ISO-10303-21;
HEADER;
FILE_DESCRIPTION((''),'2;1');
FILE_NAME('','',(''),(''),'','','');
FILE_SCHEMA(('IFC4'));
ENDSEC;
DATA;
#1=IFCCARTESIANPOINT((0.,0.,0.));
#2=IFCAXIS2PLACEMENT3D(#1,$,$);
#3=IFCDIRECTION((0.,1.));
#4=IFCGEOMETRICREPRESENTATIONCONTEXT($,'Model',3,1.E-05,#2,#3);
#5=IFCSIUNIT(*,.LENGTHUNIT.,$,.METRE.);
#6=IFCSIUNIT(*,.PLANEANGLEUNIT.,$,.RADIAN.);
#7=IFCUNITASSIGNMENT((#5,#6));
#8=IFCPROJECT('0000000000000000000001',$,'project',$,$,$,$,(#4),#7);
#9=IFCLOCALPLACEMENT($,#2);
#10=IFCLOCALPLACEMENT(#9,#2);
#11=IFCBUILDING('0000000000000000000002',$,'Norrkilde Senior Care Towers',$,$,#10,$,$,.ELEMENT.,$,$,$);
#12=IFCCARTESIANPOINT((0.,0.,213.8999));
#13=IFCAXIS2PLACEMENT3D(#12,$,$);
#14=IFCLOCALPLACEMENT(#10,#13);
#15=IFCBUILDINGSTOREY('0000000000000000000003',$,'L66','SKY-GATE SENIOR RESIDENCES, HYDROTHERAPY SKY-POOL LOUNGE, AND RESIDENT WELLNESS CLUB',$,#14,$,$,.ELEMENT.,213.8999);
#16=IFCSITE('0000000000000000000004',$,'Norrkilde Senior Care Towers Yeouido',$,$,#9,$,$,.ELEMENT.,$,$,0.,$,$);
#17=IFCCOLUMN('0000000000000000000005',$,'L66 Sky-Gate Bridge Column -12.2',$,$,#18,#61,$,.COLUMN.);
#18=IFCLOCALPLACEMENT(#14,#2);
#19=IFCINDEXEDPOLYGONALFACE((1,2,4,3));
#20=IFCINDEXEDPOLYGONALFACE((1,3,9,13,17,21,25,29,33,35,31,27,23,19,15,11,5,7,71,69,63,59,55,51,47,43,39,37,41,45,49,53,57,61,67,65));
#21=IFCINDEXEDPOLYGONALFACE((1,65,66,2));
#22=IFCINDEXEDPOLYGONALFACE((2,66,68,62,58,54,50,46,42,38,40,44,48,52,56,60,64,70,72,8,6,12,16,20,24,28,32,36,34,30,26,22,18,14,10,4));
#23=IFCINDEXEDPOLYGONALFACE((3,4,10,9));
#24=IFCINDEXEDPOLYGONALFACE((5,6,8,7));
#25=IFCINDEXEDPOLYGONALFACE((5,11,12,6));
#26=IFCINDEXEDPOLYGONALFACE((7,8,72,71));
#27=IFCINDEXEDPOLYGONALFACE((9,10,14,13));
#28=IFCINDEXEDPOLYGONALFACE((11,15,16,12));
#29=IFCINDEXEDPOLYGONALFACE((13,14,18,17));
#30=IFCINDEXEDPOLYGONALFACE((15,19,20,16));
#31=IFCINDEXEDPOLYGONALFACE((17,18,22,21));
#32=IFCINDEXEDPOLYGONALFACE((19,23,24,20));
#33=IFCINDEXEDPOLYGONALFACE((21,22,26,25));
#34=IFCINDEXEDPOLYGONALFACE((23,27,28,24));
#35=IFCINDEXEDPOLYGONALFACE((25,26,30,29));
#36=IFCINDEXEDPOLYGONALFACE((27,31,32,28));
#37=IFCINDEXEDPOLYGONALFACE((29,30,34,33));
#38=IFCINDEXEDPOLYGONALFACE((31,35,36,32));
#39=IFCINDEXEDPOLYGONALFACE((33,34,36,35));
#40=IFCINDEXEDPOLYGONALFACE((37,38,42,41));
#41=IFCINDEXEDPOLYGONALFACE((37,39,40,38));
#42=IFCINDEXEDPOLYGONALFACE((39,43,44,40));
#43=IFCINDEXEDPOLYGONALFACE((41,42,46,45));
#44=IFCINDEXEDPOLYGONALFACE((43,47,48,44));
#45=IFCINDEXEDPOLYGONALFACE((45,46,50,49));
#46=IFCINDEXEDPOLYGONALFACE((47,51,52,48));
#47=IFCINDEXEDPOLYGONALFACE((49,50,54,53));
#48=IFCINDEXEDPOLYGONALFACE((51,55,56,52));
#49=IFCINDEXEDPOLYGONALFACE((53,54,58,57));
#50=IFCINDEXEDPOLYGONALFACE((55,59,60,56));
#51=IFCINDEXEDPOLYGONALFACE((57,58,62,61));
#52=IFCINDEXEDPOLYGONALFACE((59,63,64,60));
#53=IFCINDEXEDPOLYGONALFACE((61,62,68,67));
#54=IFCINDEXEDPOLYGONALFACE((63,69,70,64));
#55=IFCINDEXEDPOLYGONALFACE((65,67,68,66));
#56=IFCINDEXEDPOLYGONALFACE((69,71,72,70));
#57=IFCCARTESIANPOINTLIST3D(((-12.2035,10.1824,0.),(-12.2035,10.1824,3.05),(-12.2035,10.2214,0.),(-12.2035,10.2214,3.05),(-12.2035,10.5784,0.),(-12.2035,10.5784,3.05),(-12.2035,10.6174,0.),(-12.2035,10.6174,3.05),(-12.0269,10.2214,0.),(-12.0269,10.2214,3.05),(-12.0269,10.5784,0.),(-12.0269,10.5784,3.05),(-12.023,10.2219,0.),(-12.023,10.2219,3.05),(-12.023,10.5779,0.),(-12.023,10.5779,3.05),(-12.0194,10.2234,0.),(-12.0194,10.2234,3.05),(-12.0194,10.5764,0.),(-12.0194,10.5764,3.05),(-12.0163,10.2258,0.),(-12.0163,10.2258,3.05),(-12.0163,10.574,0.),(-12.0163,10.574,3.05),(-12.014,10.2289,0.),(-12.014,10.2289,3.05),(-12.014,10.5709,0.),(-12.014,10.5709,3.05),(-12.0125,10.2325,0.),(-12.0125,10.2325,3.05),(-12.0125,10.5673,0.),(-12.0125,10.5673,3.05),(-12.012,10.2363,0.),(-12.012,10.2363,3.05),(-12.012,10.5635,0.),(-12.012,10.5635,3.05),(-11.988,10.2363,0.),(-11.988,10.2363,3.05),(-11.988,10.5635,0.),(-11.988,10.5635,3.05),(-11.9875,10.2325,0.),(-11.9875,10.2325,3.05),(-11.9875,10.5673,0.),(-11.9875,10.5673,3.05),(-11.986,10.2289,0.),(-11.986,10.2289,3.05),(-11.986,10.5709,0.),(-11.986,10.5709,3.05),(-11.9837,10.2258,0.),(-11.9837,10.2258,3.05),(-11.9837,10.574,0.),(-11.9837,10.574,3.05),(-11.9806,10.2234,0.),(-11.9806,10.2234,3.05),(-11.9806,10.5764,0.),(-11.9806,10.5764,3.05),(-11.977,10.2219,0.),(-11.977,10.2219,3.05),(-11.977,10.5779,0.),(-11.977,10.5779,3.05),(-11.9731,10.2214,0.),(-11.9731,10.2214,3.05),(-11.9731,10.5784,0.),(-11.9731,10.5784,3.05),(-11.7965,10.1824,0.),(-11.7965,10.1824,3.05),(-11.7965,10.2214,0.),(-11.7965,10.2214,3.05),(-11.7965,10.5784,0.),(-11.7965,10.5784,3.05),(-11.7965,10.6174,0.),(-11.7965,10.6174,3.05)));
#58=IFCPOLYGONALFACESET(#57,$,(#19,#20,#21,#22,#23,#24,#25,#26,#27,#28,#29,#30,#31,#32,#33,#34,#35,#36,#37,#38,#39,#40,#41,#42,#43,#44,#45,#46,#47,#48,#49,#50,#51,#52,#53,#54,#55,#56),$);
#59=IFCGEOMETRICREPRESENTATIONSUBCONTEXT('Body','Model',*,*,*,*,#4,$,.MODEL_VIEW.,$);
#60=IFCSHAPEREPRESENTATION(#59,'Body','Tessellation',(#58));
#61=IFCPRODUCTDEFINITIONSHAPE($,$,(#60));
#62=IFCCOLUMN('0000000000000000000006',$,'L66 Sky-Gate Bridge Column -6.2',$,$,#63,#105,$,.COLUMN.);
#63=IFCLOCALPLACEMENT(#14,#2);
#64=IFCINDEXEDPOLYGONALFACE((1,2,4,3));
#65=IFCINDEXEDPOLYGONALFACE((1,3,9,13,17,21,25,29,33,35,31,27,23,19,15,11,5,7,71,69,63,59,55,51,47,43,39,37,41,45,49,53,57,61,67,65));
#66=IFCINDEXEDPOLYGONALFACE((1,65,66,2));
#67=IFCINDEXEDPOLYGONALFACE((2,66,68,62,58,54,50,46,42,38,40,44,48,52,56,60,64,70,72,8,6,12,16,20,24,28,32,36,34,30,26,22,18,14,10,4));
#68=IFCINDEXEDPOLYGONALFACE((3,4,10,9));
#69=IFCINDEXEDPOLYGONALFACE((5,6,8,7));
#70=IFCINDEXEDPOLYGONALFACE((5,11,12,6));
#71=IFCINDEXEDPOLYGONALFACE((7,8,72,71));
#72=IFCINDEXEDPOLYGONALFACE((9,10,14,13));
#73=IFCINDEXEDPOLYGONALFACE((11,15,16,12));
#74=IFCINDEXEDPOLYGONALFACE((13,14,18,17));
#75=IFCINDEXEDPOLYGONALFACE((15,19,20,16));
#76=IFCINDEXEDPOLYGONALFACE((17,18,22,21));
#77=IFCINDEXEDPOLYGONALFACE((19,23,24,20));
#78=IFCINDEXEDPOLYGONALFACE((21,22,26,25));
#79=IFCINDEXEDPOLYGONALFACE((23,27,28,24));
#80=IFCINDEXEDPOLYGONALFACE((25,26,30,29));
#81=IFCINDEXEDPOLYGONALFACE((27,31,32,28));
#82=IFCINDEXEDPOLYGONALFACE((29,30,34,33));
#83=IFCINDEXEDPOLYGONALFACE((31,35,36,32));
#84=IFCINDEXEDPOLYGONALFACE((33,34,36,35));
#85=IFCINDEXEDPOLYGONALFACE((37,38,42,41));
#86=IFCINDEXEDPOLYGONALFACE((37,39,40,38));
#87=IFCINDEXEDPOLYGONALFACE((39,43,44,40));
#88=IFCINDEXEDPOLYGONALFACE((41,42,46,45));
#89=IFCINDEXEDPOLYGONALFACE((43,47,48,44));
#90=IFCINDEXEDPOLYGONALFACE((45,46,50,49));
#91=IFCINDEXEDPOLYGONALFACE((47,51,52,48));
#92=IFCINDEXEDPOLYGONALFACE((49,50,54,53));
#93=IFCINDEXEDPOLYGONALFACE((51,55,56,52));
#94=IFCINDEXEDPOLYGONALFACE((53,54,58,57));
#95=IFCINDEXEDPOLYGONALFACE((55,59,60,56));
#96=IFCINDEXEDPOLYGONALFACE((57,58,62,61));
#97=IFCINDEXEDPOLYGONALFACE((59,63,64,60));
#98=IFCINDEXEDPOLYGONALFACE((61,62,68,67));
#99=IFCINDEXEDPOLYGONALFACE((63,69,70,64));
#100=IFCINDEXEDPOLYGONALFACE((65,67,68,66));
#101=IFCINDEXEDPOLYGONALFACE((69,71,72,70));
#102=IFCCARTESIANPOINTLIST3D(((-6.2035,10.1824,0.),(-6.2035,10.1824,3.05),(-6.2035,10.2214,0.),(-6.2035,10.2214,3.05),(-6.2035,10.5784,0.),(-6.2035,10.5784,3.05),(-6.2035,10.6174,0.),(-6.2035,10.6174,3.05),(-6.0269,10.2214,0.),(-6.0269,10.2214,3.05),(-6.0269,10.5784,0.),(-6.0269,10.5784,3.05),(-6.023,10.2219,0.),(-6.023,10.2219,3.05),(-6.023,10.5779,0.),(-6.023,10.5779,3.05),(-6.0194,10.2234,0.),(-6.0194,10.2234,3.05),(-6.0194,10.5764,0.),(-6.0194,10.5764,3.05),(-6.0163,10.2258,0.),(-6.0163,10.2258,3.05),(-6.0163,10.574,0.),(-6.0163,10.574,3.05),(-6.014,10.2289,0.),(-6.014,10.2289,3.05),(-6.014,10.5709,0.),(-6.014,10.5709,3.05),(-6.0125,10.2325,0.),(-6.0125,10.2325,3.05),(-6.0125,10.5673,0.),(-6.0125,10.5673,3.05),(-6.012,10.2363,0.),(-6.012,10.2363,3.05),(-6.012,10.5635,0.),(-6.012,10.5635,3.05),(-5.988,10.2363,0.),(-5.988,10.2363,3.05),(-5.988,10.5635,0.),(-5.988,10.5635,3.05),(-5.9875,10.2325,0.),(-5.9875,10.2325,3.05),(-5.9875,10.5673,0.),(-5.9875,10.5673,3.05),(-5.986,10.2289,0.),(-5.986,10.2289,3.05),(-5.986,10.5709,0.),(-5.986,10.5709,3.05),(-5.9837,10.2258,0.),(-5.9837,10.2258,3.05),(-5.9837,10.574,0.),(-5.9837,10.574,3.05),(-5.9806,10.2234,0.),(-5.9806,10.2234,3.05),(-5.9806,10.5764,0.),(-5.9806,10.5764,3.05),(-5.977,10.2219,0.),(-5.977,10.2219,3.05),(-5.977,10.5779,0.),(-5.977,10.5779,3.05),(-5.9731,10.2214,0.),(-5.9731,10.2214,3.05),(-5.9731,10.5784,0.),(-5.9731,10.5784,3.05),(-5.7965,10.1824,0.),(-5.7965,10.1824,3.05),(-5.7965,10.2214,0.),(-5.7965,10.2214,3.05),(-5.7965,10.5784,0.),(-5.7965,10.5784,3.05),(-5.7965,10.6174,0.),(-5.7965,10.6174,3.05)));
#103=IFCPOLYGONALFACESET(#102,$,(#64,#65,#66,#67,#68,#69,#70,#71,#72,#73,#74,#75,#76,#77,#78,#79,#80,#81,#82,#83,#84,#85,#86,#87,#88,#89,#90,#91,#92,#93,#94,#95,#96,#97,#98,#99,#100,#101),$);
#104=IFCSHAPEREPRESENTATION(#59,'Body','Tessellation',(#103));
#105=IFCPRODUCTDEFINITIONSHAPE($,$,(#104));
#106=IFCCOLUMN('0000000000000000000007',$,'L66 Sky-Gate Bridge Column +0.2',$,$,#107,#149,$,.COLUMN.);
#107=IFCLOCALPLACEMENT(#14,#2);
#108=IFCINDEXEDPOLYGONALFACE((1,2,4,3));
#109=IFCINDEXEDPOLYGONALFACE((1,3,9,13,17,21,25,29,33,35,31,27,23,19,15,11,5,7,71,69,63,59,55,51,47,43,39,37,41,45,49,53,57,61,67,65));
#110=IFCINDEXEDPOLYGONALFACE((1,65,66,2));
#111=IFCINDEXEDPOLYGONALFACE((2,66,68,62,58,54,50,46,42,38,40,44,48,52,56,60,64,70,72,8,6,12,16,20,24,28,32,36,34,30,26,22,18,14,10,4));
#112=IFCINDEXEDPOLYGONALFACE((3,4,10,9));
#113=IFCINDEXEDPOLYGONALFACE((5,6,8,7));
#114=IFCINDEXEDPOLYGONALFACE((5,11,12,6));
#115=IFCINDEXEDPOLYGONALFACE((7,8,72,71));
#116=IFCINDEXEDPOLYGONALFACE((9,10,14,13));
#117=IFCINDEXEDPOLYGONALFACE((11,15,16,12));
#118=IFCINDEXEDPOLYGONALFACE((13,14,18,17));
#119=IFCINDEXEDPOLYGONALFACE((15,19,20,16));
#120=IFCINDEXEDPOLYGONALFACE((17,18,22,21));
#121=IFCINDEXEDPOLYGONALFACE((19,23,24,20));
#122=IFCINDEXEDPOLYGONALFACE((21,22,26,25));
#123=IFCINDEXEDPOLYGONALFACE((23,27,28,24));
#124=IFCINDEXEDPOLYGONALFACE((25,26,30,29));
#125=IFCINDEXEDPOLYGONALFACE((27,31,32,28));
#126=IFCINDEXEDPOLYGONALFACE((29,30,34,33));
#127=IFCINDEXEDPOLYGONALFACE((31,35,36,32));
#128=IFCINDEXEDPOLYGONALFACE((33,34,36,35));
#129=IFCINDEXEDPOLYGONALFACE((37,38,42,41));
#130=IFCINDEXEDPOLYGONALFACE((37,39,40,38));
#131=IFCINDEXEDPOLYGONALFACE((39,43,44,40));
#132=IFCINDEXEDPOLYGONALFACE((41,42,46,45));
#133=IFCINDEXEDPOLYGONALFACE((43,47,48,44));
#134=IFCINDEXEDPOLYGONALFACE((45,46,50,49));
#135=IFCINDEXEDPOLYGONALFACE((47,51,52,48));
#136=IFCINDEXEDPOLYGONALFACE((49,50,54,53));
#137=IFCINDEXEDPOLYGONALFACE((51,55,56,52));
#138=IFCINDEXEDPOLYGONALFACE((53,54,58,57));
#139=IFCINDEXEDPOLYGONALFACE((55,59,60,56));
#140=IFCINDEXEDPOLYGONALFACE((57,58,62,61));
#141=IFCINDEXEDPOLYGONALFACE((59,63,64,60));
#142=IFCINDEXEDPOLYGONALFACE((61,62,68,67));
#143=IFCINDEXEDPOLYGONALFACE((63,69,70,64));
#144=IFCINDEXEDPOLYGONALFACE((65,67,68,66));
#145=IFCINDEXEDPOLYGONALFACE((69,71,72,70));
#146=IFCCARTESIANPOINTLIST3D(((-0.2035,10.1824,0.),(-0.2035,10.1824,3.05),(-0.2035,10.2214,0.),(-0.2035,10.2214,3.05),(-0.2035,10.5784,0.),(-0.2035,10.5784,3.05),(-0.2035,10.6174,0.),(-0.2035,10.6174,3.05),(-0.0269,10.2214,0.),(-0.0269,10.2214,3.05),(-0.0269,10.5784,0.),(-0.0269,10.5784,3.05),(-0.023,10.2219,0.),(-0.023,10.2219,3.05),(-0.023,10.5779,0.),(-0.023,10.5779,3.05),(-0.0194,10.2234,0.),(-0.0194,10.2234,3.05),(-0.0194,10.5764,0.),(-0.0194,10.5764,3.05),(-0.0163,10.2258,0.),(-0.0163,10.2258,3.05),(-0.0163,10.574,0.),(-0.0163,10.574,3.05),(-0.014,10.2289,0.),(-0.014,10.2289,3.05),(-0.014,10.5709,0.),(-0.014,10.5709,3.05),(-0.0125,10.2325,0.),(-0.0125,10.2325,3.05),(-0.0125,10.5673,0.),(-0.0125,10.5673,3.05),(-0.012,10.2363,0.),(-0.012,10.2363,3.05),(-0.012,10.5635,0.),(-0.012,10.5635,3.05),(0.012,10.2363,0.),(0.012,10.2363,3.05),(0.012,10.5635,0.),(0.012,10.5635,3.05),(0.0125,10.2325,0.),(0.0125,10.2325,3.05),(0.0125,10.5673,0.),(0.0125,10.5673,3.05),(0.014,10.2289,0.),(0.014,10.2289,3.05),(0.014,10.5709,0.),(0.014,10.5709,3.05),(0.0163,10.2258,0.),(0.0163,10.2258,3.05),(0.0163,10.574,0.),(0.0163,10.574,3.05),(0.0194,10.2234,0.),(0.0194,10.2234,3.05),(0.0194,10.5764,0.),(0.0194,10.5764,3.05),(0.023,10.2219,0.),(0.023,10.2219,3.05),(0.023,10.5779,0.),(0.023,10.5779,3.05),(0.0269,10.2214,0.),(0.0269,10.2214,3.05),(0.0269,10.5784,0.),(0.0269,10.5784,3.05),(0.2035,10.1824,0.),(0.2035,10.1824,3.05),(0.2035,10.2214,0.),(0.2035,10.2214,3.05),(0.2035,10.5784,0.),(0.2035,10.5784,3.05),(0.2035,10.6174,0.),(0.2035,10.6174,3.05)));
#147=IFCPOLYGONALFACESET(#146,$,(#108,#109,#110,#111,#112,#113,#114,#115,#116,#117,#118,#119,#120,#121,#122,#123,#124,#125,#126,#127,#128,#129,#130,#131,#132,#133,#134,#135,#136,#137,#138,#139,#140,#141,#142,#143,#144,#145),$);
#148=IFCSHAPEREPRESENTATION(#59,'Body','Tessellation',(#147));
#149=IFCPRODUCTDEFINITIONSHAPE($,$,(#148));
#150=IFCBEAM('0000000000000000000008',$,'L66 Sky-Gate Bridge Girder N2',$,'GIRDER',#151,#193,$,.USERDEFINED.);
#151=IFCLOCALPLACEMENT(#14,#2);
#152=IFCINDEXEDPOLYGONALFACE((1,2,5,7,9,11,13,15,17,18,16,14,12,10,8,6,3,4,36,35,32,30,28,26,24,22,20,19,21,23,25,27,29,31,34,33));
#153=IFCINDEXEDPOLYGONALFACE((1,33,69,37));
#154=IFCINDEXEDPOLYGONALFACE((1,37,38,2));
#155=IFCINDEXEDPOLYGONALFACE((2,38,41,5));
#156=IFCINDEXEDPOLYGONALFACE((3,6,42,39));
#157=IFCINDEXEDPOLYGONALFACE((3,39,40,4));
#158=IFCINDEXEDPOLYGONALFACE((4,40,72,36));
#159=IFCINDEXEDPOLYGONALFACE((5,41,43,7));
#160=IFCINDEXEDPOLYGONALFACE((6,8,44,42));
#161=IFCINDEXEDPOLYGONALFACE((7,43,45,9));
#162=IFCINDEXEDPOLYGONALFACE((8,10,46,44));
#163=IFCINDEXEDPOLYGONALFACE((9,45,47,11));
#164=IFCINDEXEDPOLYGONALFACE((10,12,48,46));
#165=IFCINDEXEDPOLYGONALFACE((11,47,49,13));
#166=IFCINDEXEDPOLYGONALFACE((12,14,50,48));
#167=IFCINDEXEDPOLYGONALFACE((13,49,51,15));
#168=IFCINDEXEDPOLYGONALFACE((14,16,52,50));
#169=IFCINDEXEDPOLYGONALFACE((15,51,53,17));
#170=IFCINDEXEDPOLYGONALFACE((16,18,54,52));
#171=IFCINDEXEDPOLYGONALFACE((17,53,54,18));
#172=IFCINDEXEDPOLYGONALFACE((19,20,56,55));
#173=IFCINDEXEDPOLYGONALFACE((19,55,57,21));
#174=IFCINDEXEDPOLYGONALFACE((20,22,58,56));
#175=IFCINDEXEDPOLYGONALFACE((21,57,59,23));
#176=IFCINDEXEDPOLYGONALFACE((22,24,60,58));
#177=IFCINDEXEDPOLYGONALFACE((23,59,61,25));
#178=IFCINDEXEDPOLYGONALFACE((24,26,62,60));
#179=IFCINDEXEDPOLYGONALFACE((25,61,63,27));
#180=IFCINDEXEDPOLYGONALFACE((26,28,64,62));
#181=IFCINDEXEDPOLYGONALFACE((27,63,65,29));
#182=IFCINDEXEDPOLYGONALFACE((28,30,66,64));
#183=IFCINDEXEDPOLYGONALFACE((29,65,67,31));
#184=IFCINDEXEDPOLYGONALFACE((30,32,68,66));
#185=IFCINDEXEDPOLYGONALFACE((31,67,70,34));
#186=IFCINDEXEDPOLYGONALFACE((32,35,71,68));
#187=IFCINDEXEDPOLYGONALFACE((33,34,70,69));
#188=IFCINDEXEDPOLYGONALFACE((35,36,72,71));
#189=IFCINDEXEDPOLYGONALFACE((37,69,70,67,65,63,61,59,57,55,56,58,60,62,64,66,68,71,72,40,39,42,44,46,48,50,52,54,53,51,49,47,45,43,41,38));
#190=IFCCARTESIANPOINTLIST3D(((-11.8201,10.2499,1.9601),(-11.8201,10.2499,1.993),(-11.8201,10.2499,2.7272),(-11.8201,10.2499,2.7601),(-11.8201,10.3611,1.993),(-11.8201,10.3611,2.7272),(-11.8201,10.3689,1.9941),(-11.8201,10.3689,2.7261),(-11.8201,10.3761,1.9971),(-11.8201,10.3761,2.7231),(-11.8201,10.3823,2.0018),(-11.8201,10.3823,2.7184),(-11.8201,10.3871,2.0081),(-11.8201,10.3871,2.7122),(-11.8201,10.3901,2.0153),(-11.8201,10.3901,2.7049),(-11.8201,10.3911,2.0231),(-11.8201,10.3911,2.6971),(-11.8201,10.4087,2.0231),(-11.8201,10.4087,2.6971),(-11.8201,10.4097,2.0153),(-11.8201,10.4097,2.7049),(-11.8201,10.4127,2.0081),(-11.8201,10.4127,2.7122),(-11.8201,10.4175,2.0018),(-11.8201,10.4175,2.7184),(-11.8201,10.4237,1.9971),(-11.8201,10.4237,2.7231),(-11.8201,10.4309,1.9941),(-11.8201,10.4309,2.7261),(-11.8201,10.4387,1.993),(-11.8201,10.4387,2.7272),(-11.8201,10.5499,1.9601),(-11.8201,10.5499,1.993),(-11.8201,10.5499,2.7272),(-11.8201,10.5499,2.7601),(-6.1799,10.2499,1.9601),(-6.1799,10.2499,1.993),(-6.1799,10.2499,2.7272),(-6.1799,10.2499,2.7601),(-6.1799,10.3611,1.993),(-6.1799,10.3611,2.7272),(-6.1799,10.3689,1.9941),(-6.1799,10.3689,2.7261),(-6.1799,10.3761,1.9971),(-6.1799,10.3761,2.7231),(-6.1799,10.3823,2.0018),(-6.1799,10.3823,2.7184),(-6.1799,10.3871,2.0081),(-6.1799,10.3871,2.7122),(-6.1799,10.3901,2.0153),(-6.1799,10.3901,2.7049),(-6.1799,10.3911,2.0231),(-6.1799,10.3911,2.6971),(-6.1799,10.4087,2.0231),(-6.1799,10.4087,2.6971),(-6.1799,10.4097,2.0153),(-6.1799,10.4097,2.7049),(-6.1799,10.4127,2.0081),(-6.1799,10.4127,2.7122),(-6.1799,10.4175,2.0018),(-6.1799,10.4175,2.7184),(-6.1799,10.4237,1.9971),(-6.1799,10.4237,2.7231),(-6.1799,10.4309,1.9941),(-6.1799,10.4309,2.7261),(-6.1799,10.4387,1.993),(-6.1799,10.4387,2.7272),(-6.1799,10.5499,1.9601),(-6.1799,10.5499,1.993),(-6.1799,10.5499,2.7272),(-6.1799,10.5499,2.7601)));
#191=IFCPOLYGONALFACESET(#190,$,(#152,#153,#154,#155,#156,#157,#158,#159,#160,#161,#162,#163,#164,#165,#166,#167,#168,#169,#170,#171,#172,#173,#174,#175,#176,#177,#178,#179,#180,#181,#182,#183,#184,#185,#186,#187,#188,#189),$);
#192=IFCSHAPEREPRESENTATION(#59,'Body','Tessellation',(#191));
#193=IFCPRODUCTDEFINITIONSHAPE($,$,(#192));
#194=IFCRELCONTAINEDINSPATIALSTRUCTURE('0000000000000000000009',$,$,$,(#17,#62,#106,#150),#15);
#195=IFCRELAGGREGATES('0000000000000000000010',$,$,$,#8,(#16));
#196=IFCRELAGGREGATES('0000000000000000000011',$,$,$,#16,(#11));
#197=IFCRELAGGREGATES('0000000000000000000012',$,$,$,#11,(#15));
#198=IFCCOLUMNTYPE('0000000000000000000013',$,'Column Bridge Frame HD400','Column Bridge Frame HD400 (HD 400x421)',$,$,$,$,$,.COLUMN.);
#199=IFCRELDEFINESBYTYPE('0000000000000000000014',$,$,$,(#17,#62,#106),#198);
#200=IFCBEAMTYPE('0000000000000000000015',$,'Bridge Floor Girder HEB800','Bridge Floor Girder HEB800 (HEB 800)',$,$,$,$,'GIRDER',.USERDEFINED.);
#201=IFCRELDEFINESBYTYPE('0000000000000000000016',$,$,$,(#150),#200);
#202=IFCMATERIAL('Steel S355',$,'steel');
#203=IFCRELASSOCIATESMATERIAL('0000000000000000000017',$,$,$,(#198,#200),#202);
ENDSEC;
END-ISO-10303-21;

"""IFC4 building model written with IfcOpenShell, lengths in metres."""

from ifc_helpers import new_model, si_unit, direction, frame, origin, origin_2d, place, context, subcontext, project, spatial, i_section, extrude, source, transform, mapped, material, material_profile, profile_set, type_object, type_shapes, element, save


model = new_model("IFC4")

# Units and contexts
model_context = context("Model", 3, precision=1e-05, world=origin(), true_north=direction((0.0, 1.0)))
body_context = subcontext(model_context, "Body", "Model", "MODEL_VIEW")
ifc_project = project(units=[si_unit("LENGTHUNIT", "METRE"), si_unit("PLANEANGLEUNIT", "RADIAN")], contexts=[model_context])

# Site, building, storey
site_placement = place(None, origin())
site = spatial("IfcSite", under=ifc_project, at=site_placement, Name="Norrkilde Senior Care Towers Yeouido", CompositionType="ELEMENT", RefElevation=0.0)
building_placement = place(site_placement, origin())
building = spatial("IfcBuilding", under=site, at=building_placement, Name="Norrkilde Senior Care Towers", CompositionType="ELEMENT")
storey_placement = place(building_placement, frame((0.0, 0.0, 213.8999)))
storey = spatial("IfcBuildingStorey", under=building, at=storey_placement, Name="L66", Description="SKY-GATE SENIOR RESIDENCES, HYDROTHERAPY SKY-POOL LOUNGE, AND RESIDENT WELLNESS CLUB", CompositionType="ELEMENT", Elevation=213.8999)

# Columns
ifc_material_1 = material(Name="Steel S355", Category="steel")
ifc_material_profile_1 = material_profile(ifc_material_1, i_section(OverallWidth=0.407, OverallDepth=0.4351, WebThickness=0.0239, FlangeThickness=0.0391, FilletRadius=0.0149, at=origin_2d()), Name="HD 400x421")
ifc_profile_set_1 = profile_set([ifc_material_profile_1], Name="Steel S355")
column_type = type_object("IfcColumnType", Name="Column Bridge Frame HD400", Description="Column Bridge Frame HD400 (HD 400x421)", PredefinedType="COLUMN", material=ifc_profile_set_1)
shared_shape_1 = source(origin(), body_context, "Body", "SweptSolid", [
    extrude(i_section(OverallWidth=0.407, OverallDepth=0.4351, WebThickness=0.0239, FlangeThickness=0.0391, FilletRadius=0.0149, at=origin_2d()), origin(), (0.0, 0.0, 1.0), 3.05),
])
type_shapes(column_type, [shared_shape_1])
for number, where, z_axis, x_axis, name in (
    (1, (-12.0, 10.3999, 0.0), (0.0, 0.0, 1.0), (1.0, 0.0, 0.0), "L66 Sky-Gate Bridge Column -12.2"),
    (2, (-6.0, 10.3999, 0.0), (0.0, 0.0, 1.0), (1.0, 0.0, 0.0), "L66 Sky-Gate Bridge Column -6.2"),
    (3, (0.0, 10.3999, 0.0), (0.0, 0.0, 1.0), (1.0, 0.0, 0.0), "L66 Sky-Gate Bridge Column +0.2"),
):
    element("IfcColumn", number, at=place(storey_placement, frame(where, z_axis=z_axis, x_axis=x_axis)), inside=storey, type_object=column_type, Name=name, PredefinedType="COLUMN", context=body_context, shape_type="MappedRepresentation", body=[
        mapped(shared_shape_1, transform((0.0, 0.0, 0.0), x_axis=(1.0, 0.0, 0.0), y_axis=(0.0, 1.0, 0.0), z_axis=(0.0, 0.0, 1.0), scale=1.0)),
    ])

# Beam
ifc_material_profile_2 = material_profile(ifc_material_1, i_section(OverallWidth=0.3, OverallDepth=0.8, WebThickness=0.0176, FlangeThickness=0.033, FilletRadius=0.03, at=origin_2d()), Name="HEB 800")
ifc_profile_set_2 = profile_set([ifc_material_profile_2], Name="Steel S355")
beam_type_1 = type_object("IfcBeamType", Name="Bridge Floor Girder HEB800", Description="Bridge Floor Girder HEB800 (HEB 800)", ElementType="GIRDER", PredefinedType="USERDEFINED", material=ifc_profile_set_2)
shared_shape_2 = source(origin(), body_context, "Body", "SweptSolid", [
    extrude(i_section(OverallWidth=0.3, OverallDepth=0.8, WebThickness=0.0176, FlangeThickness=0.033, FilletRadius=0.03, at=origin_2d()), origin(), (0.0, 0.0, 1.0), 5.6401),
])
type_shapes(beam_type_1, [shared_shape_2])
for number, where, z_axis, x_axis, name in (
    (4, (-11.8201, 10.3999, 2.3601), (1.0, 0.0, 0.0), (0.0, 1.0, 0.0), "L66 Sky-Gate Bridge Girder N2"),
):
    element("IfcBeam", number, at=place(storey_placement, frame(where, z_axis=z_axis, x_axis=x_axis)), inside=storey, type_object=beam_type_1, Name=name, ObjectType="GIRDER", PredefinedType="USERDEFINED", context=body_context, shape_type="MappedRepresentation", body=[
        mapped(shared_shape_2, transform((0.0, 0.0, 0.0), x_axis=(1.0, 0.0, 0.0), y_axis=(0.0, 1.0, 0.0), z_axis=(0.0, 0.0, 1.0), scale=1.0)),
    ])

save(model, "model.ifc")
